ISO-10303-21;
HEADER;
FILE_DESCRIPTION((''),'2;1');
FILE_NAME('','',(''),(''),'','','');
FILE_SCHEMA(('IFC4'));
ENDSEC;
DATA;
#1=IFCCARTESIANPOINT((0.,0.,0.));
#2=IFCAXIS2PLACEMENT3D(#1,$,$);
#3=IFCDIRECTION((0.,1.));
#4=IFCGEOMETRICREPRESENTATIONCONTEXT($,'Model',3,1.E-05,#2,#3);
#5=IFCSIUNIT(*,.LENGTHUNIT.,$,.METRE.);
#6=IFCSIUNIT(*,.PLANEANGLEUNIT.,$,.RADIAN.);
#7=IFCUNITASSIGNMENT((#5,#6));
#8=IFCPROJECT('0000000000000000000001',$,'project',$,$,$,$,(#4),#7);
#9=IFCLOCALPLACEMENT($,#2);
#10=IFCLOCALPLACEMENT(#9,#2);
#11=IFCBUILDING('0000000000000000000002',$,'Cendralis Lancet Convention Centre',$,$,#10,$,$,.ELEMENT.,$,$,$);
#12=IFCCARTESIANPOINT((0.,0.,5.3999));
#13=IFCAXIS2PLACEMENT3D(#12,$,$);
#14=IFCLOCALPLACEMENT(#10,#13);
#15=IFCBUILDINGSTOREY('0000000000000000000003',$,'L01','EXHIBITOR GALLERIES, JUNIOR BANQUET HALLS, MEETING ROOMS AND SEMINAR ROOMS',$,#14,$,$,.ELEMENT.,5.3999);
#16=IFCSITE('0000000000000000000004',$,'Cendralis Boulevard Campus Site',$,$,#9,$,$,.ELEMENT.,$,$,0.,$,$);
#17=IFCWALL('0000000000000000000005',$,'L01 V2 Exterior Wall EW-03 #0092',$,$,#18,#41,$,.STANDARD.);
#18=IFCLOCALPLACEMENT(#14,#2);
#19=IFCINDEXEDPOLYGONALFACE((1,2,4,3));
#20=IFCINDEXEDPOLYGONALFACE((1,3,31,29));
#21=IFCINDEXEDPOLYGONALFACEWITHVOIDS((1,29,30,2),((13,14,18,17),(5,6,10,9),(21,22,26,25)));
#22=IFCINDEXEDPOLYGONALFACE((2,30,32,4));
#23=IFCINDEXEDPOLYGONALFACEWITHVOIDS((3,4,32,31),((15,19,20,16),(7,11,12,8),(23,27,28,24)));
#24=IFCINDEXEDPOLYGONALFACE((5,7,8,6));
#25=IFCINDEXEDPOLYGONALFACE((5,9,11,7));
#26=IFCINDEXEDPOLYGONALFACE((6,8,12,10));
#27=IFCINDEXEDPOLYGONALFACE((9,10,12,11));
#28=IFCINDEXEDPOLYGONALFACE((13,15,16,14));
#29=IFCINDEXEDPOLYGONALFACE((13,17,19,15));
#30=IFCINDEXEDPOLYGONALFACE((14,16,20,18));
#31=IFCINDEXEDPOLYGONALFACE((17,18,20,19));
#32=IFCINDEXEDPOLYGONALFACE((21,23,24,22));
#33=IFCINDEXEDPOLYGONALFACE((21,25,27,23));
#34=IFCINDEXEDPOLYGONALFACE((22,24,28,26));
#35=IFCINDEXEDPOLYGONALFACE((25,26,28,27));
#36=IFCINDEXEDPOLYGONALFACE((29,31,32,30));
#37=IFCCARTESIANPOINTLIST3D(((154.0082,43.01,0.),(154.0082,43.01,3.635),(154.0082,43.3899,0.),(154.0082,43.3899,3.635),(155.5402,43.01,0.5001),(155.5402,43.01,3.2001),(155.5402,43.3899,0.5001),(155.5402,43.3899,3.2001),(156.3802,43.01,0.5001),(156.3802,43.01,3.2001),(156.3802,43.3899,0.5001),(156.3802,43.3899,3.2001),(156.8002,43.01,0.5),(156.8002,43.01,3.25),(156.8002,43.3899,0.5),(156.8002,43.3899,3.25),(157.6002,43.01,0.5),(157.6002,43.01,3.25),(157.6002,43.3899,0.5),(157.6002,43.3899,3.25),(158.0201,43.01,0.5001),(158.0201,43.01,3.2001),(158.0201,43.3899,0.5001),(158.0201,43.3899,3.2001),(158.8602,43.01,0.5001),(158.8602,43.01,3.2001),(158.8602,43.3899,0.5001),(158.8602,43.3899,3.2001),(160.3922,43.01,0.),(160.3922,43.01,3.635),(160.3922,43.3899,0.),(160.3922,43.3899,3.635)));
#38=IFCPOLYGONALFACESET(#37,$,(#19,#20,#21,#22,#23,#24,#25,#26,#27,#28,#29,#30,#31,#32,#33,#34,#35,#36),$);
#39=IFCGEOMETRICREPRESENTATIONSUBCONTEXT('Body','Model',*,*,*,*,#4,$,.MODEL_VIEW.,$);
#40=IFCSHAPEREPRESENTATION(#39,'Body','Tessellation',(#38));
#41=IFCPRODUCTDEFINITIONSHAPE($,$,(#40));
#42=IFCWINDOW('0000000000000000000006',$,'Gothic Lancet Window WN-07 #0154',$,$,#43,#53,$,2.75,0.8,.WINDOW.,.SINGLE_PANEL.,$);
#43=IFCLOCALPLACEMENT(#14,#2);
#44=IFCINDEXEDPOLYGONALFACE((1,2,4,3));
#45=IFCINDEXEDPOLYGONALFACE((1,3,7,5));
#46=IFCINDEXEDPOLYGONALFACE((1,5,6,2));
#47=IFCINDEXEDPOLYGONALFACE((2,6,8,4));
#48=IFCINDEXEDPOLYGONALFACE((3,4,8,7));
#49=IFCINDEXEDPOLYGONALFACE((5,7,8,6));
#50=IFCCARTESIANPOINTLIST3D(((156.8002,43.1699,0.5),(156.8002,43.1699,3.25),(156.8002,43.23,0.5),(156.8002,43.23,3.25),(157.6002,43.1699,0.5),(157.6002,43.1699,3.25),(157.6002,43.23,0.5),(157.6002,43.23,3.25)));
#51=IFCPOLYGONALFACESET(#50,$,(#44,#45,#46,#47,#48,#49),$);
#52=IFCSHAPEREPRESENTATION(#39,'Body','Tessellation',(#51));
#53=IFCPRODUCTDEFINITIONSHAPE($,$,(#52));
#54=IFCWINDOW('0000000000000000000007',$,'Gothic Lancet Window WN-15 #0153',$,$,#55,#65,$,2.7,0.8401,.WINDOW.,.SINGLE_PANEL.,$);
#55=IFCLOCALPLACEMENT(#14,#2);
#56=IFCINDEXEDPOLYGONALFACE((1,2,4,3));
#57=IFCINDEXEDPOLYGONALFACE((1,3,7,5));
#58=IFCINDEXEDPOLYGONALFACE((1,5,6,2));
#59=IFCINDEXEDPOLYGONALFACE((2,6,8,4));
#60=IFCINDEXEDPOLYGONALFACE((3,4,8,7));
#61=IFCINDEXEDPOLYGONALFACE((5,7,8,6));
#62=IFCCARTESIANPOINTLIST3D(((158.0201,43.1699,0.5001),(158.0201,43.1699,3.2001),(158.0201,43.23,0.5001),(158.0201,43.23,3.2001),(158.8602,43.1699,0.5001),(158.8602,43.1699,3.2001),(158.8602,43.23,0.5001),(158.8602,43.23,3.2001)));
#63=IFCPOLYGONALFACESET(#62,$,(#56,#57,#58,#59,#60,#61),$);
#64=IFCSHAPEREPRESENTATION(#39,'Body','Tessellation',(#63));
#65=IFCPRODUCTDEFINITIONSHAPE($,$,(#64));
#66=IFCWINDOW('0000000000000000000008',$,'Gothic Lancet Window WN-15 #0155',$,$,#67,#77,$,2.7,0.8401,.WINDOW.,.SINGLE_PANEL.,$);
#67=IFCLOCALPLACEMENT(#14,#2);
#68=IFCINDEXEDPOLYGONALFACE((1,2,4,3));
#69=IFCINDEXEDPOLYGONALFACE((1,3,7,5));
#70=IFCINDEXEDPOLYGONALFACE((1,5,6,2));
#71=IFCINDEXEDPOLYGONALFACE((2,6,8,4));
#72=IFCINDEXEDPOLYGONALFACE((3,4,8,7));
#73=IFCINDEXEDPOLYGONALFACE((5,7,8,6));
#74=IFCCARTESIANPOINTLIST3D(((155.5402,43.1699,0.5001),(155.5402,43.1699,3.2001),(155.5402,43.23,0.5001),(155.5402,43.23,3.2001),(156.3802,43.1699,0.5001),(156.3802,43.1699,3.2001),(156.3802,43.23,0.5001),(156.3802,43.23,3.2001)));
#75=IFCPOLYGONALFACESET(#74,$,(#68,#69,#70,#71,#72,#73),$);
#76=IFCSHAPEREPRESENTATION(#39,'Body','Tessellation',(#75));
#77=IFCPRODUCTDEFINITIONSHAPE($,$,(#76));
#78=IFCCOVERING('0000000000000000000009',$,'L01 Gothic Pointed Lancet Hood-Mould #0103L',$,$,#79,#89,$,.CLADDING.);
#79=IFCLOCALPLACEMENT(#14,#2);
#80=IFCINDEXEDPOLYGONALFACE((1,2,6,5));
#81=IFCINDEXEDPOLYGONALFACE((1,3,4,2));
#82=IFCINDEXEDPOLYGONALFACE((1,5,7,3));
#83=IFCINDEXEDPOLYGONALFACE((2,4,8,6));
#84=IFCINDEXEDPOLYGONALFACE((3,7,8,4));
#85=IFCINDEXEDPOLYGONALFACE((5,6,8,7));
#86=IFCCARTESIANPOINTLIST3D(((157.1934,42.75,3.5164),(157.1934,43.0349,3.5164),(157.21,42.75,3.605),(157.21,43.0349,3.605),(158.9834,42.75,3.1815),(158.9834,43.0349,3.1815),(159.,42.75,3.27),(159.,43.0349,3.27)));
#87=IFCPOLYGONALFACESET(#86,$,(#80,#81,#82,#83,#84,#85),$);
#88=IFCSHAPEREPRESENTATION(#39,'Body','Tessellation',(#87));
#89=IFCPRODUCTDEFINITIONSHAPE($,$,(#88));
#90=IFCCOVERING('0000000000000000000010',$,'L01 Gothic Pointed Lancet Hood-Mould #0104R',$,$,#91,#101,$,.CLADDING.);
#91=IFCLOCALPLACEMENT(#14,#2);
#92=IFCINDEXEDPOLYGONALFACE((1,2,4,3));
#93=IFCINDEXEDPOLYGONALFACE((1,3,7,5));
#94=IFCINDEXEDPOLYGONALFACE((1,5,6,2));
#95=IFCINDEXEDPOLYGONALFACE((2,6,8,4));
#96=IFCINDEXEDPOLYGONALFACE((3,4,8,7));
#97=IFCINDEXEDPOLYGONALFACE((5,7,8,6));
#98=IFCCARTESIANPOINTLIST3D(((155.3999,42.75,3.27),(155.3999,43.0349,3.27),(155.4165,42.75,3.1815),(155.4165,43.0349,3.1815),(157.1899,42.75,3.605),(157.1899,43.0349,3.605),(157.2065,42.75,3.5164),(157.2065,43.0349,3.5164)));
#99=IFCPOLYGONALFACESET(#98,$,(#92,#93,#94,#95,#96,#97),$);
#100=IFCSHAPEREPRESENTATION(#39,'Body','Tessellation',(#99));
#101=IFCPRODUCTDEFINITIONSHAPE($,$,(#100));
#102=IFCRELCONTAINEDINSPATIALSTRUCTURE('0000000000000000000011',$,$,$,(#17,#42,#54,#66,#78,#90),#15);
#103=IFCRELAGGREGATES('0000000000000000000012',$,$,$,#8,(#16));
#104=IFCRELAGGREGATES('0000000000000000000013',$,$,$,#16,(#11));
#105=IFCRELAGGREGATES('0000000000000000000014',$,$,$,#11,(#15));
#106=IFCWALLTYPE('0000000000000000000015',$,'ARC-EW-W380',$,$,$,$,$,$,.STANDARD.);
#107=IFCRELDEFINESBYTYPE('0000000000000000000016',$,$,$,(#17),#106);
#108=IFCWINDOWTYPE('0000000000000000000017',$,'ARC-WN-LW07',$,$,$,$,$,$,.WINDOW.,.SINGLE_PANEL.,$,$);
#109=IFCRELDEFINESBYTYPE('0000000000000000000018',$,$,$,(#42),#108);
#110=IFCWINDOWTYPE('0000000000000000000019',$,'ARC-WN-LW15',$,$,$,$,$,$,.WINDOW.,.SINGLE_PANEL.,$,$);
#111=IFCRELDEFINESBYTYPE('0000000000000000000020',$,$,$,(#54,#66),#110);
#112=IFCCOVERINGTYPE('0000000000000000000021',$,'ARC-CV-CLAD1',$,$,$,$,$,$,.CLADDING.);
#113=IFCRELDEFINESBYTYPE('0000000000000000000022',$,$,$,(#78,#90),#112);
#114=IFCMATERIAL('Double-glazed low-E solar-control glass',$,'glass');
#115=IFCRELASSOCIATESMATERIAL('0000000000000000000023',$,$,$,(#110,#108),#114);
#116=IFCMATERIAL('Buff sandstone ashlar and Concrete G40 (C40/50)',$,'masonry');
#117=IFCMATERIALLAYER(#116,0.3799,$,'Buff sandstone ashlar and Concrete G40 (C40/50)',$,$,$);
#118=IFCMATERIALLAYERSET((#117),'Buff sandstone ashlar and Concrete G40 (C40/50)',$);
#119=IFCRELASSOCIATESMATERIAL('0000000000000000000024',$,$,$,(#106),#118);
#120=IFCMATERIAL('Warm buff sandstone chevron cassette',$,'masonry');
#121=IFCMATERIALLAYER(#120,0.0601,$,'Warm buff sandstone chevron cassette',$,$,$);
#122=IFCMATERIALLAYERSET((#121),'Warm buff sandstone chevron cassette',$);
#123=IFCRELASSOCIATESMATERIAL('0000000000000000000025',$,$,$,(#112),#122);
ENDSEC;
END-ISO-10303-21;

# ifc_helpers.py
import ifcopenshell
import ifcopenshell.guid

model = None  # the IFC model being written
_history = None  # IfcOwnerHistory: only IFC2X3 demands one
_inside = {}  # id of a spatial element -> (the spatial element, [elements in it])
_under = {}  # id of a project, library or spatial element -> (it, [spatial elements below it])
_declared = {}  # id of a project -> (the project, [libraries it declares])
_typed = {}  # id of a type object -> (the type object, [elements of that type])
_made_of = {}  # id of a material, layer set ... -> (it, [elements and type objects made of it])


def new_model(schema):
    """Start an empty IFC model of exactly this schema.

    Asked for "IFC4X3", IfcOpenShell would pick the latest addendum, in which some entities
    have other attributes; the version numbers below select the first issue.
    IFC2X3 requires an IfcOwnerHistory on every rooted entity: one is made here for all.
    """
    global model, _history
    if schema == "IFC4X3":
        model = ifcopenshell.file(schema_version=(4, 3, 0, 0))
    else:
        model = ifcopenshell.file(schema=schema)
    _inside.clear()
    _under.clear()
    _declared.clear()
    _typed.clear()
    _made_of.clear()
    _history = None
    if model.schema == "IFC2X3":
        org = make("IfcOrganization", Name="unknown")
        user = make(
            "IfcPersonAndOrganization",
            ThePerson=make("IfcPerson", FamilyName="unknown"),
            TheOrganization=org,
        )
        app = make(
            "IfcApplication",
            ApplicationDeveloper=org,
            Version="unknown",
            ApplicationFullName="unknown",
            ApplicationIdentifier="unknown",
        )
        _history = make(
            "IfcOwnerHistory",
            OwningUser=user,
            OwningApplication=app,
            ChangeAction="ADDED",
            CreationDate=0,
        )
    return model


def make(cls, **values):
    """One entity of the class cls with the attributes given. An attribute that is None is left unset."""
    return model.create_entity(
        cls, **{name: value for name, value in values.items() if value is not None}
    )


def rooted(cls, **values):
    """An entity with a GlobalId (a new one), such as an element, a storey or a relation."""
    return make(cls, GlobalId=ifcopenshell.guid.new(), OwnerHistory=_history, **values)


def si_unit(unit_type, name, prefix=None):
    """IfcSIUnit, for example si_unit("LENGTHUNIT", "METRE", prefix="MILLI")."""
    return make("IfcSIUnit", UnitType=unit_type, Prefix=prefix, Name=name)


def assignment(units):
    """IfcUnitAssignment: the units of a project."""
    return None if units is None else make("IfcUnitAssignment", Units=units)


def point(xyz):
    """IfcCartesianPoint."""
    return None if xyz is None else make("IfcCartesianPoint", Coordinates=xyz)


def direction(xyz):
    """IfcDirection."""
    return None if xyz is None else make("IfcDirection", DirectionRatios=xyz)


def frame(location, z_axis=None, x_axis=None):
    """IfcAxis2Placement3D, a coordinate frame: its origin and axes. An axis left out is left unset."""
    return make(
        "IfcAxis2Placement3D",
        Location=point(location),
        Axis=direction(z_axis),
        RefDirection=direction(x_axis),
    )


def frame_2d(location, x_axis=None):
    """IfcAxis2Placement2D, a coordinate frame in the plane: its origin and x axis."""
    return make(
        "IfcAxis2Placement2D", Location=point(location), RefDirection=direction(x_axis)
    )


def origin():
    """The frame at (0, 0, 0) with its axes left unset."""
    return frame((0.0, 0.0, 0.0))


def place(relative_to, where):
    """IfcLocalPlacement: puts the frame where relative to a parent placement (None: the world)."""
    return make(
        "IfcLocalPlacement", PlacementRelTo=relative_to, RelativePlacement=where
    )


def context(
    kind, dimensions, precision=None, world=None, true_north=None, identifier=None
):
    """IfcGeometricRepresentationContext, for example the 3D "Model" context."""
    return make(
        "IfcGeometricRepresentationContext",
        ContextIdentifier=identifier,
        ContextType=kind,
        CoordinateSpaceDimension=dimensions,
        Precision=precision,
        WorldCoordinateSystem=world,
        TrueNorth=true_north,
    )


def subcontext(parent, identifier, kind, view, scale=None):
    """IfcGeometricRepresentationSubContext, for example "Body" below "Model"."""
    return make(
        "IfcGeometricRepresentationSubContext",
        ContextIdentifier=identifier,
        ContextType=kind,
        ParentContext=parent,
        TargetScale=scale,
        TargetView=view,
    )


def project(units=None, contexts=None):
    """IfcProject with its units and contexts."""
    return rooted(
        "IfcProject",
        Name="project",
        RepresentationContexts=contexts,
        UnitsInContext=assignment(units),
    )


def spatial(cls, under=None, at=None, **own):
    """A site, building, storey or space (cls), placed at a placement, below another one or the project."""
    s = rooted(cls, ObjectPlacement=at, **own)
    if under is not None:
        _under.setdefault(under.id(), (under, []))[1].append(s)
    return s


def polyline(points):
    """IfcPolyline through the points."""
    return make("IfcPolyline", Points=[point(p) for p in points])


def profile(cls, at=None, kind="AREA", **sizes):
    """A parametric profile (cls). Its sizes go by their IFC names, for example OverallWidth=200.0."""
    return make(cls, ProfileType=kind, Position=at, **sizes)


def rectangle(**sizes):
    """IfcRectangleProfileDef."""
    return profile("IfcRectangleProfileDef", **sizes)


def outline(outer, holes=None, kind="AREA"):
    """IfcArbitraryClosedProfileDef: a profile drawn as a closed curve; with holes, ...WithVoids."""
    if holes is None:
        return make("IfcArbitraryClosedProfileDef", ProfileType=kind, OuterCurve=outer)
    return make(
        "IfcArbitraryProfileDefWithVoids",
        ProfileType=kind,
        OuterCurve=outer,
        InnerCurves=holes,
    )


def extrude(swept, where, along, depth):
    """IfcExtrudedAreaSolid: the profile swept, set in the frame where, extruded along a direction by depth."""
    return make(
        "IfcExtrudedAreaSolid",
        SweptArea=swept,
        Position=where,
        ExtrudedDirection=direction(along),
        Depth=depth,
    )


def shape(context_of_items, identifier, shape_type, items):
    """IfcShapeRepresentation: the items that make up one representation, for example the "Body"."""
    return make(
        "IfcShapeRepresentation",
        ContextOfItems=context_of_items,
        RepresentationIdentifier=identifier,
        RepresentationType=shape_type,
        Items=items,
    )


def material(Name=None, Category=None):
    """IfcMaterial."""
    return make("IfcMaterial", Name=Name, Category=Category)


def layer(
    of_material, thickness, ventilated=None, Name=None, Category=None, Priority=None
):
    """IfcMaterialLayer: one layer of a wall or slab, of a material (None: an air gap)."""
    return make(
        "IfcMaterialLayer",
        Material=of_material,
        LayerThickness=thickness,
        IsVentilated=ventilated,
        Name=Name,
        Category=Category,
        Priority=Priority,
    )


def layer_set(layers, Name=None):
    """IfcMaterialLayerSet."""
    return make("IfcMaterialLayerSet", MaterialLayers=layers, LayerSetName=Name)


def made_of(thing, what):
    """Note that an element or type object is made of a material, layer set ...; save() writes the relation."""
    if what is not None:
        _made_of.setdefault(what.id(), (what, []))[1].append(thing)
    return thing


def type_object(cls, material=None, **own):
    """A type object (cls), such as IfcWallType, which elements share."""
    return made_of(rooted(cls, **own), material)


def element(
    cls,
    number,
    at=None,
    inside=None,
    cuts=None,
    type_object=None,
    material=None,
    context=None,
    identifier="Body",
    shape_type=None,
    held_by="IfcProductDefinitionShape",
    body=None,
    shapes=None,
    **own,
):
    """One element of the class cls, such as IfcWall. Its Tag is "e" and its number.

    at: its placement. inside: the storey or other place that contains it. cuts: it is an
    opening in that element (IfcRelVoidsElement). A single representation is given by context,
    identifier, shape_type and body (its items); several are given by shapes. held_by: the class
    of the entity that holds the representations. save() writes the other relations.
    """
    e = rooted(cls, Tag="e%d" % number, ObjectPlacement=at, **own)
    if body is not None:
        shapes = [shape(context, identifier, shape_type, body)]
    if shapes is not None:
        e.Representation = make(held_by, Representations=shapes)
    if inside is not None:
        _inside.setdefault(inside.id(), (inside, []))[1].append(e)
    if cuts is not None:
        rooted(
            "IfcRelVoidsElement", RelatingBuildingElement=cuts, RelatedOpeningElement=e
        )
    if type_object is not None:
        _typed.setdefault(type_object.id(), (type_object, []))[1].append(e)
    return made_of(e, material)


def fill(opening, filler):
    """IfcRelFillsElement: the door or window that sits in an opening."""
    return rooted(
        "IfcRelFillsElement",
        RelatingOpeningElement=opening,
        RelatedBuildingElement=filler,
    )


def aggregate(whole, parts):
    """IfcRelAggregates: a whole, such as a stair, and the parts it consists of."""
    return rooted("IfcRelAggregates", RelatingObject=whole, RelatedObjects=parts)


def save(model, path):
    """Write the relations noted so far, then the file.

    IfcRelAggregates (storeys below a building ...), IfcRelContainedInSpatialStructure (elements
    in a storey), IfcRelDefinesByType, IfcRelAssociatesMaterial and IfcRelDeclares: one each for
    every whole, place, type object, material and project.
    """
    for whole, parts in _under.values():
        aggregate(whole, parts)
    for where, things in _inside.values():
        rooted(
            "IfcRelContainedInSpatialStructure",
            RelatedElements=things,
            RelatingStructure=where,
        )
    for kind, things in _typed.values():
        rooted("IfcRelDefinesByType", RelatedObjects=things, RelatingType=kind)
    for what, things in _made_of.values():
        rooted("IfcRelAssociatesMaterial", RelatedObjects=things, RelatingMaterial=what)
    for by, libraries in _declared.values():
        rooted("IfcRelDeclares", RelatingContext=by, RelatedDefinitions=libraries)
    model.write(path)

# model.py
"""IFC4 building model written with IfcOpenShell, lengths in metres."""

from ifc_helpers import new_model, si_unit, direction, frame, frame_2d, origin, place, context, subcontext, project, spatial, polyline, rectangle, outline, extrude, material, layer, layer_set, type_object, element, fill, save


model = new_model("IFC4")

# Units and contexts
model_context = context("Model", 3, precision=1e-05, world=origin(), true_north=direction((0.0, 1.0)))
body_context = subcontext(model_context, "Body", "Model", "MODEL_VIEW")
ifc_project = project(units=[si_unit("LENGTHUNIT", "METRE"), si_unit("PLANEANGLEUNIT", "RADIAN")], contexts=[model_context])

# Site, building, storey
site_placement = place(None, origin())
site = spatial("IfcSite", under=ifc_project, at=site_placement, Name="Cendralis Boulevard Campus Site", CompositionType="ELEMENT", RefElevation=0.0)
building_placement = place(site_placement, origin())
building = spatial("IfcBuilding", under=site, at=building_placement, Name="Cendralis Lancet Convention Centre", CompositionType="ELEMENT")
storey_placement = place(building_placement, frame((0.0, 0.0, 5.3999)))
storey = spatial("IfcBuildingStorey", under=building, at=storey_placement, Name="L01", Description="EXHIBITOR GALLERIES, JUNIOR BANQUET HALLS, MEETING ROOMS AND SEMINAR ROOMS", CompositionType="ELEMENT", Elevation=5.3999)

# Shared definitions
ifc_material_1 = material(Name="Double-glazed low-E solar-control glass", Category="glass")

# Shared definitions
ifc_material_2 = material(Name="Buff sandstone ashlar and Concrete G40 (C40/50)", Category="masonry")
window_type_1 = type_object("IfcWindowType", Name="ARC-WN-LW15", PartitioningType="SINGLE_PANEL", PredefinedType="WINDOW", material=ifc_material_1)

# Shared definitions
ifc_layer_1 = layer(ifc_material_2, 0.3799, Name="Buff sandstone ashlar and Concrete G40 (C40/50)")
ifc_layer_set_1 = layer_set([ifc_layer_1], Name="Buff sandstone ashlar and Concrete G40 (C40/50)")
wall_type_1 = type_object("IfcWallType", Name="ARC-EW-W380", PredefinedType="STANDARD", material=ifc_layer_set_1)

# Wall, openings, windows
wall_1_placement = place(storey_placement, frame((160.3921, 43.2, 0.0), z_axis=(0.0, 0.0, 1.0), x_axis=(-1.0, 0.0, 0.0)))
wall_1 = element("IfcWall", 1, at=wall_1_placement, inside=storey, type_object=wall_type_1, Name="L01 V2 Exterior Wall EW-03 #0092", PredefinedType="STANDARD", context=body_context, shape_type="SweptSolid", body=[
    extrude(rectangle(XDim=6.384, YDim=0.3799, at=frame_2d((3.1919, 0.0))), origin(), (0.0, 0.0, 1.0), 3.635),
])
opening_1_placement = place(wall_1_placement, frame((1.532, 0.0, 0.5)))
opening_1 = element("IfcOpeningElement", 2, at=opening_1_placement, cuts=wall_1, PredefinedType="OPENING", context=body_context, shape_type="SweptSolid", body=[
    extrude(rectangle(XDim=0.8401, YDim=2.7, at=frame_2d((0.4199, 1.3501))), frame((0.0, 0.2, 0.0), z_axis=(0.0, -1.0, 0.0), x_axis=(1.0, 0.0, 0.0)), (0.0, 0.0, 1.0), 0.3999),
])
opening_2_placement = place(wall_1_placement, frame((2.792, 0.0, 0.5)))
opening_2 = element("IfcOpeningElement", 3, at=opening_2_placement, cuts=wall_1, PredefinedType="OPENING", context=body_context, shape_type="SweptSolid", body=[
    extrude(rectangle(XDim=0.8, YDim=2.75, at=frame_2d((0.3999, 1.375))), frame((0.0, 0.2, 0.0), z_axis=(0.0, -1.0, 0.0), x_axis=(1.0, 0.0, 0.0)), (0.0, 0.0, 1.0), 0.3999),
])
opening_3_placement = place(wall_1_placement, frame((4.012, 0.0, 0.5)))
opening_3 = element("IfcOpeningElement", 4, at=opening_3_placement, cuts=wall_1, PredefinedType="OPENING", context=body_context, shape_type="SweptSolid", body=[
    extrude(rectangle(XDim=0.8401, YDim=2.7, at=frame_2d((0.4199, 1.3501))), frame((0.0, 0.2, 0.0), z_axis=(0.0, -1.0, 0.0), x_axis=(1.0, 0.0, 0.0)), (0.0, 0.0, 1.0), 0.3999),
])
window_type_2 = type_object("IfcWindowType", Name="ARC-WN-LW07", PartitioningType="SINGLE_PANEL", PredefinedType="WINDOW", material=ifc_material_1)
window_1_placement = place(opening_2_placement, origin())
window_1 = element("IfcWindow", 5, at=window_1_placement, inside=storey, type_object=window_type_2, Name="Gothic Lancet Window WN-07 #0154", OverallHeight=2.75, OverallWidth=0.8, PartitioningType="SINGLE_PANEL", PredefinedType="WINDOW", context=body_context, shape_type="SweptSolid", body=[
    extrude(rectangle(XDim=0.8, YDim=2.75, at=frame_2d((0.3999, 1.375))), frame((0.0, 0.03, 0.0), z_axis=(0.0, -1.0, 0.0), x_axis=(1.0, 0.0, 0.0)), (0.0, 0.0, 1.0), 0.0601),
])
fill(opening_2, window_1)
window_2_placement = place(opening_1_placement, origin())
window_2 = element("IfcWindow", 6, at=window_2_placement, inside=storey, type_object=window_type_1, Name="Gothic Lancet Window WN-15 #0153", OverallHeight=2.7, OverallWidth=0.8401, PartitioningType="SINGLE_PANEL", PredefinedType="WINDOW", context=body_context, shape_type="SweptSolid", body=[
    extrude(rectangle(XDim=0.8401, YDim=2.7, at=frame_2d((0.4199, 1.3501))), frame((0.0, 0.03, 0.0), z_axis=(0.0, -1.0, 0.0), x_axis=(1.0, 0.0, 0.0)), (0.0, 0.0, 1.0), 0.0601),
])
fill(opening_1, window_2)
window_3_placement = place(opening_3_placement, origin())
window_3 = element("IfcWindow", 7, at=window_3_placement, inside=storey, type_object=window_type_1, Name="Gothic Lancet Window WN-15 #0155", OverallHeight=2.7, OverallWidth=0.8401, PartitioningType="SINGLE_PANEL", PredefinedType="WINDOW", context=body_context, shape_type="SweptSolid", body=[
    extrude(rectangle(XDim=0.8401, YDim=2.7, at=frame_2d((0.4199, 1.3501))), frame((0.0, 0.03, 0.0), z_axis=(0.0, -1.0, 0.0), x_axis=(1.0, 0.0, 0.0)), (0.0, 0.0, 1.0), 0.0601),
])
fill(opening_3, window_3)

# Coverings
ifc_material_3 = material(Name="Warm buff sandstone chevron cassette", Category="masonry")
ifc_layer_2 = layer(ifc_material_3, 0.0601, Name="Warm buff sandstone chevron cassette")
ifc_layer_set_2 = layer_set([ifc_layer_2], Name="Warm buff sandstone chevron cassette")
covering_type = type_object("IfcCoveringType", Name="ARC-CV-CLAD1", PredefinedType="CLADDING", material=ifc_layer_set_2)
for number, where, z_axis, x_axis, name in (
    (8, (159.0, 42.75, 3.27), (0.183932, 0.0, 0.982939), (0.0, 1.0, 0.0), "L01 Gothic Pointed Lancet Hood-Mould #0103L"),
    (9, (157.1899, 42.75, 3.605), (-0.183932, 0.0, 0.982939), (0.0, 1.0, 0.0), "L01 Gothic Pointed Lancet Hood-Mould #0104R"),
):
    element("IfcCovering", number, at=place(storey_placement, frame(where, z_axis=z_axis, x_axis=x_axis)), inside=storey, type_object=covering_type, Name=name, PredefinedType="CLADDING", context=body_context, shape_type="SweptSolid", body=[
        extrude(outline(polyline([(0.0, 0.0), (0.2849, 0.0), (0.2849, 1.8211), (0.0, 1.8211), (0.0, 0.0)])), origin(), (0.0, 0.0, -1.0), 0.0901),
    ])

save(model, "model.ifc")
